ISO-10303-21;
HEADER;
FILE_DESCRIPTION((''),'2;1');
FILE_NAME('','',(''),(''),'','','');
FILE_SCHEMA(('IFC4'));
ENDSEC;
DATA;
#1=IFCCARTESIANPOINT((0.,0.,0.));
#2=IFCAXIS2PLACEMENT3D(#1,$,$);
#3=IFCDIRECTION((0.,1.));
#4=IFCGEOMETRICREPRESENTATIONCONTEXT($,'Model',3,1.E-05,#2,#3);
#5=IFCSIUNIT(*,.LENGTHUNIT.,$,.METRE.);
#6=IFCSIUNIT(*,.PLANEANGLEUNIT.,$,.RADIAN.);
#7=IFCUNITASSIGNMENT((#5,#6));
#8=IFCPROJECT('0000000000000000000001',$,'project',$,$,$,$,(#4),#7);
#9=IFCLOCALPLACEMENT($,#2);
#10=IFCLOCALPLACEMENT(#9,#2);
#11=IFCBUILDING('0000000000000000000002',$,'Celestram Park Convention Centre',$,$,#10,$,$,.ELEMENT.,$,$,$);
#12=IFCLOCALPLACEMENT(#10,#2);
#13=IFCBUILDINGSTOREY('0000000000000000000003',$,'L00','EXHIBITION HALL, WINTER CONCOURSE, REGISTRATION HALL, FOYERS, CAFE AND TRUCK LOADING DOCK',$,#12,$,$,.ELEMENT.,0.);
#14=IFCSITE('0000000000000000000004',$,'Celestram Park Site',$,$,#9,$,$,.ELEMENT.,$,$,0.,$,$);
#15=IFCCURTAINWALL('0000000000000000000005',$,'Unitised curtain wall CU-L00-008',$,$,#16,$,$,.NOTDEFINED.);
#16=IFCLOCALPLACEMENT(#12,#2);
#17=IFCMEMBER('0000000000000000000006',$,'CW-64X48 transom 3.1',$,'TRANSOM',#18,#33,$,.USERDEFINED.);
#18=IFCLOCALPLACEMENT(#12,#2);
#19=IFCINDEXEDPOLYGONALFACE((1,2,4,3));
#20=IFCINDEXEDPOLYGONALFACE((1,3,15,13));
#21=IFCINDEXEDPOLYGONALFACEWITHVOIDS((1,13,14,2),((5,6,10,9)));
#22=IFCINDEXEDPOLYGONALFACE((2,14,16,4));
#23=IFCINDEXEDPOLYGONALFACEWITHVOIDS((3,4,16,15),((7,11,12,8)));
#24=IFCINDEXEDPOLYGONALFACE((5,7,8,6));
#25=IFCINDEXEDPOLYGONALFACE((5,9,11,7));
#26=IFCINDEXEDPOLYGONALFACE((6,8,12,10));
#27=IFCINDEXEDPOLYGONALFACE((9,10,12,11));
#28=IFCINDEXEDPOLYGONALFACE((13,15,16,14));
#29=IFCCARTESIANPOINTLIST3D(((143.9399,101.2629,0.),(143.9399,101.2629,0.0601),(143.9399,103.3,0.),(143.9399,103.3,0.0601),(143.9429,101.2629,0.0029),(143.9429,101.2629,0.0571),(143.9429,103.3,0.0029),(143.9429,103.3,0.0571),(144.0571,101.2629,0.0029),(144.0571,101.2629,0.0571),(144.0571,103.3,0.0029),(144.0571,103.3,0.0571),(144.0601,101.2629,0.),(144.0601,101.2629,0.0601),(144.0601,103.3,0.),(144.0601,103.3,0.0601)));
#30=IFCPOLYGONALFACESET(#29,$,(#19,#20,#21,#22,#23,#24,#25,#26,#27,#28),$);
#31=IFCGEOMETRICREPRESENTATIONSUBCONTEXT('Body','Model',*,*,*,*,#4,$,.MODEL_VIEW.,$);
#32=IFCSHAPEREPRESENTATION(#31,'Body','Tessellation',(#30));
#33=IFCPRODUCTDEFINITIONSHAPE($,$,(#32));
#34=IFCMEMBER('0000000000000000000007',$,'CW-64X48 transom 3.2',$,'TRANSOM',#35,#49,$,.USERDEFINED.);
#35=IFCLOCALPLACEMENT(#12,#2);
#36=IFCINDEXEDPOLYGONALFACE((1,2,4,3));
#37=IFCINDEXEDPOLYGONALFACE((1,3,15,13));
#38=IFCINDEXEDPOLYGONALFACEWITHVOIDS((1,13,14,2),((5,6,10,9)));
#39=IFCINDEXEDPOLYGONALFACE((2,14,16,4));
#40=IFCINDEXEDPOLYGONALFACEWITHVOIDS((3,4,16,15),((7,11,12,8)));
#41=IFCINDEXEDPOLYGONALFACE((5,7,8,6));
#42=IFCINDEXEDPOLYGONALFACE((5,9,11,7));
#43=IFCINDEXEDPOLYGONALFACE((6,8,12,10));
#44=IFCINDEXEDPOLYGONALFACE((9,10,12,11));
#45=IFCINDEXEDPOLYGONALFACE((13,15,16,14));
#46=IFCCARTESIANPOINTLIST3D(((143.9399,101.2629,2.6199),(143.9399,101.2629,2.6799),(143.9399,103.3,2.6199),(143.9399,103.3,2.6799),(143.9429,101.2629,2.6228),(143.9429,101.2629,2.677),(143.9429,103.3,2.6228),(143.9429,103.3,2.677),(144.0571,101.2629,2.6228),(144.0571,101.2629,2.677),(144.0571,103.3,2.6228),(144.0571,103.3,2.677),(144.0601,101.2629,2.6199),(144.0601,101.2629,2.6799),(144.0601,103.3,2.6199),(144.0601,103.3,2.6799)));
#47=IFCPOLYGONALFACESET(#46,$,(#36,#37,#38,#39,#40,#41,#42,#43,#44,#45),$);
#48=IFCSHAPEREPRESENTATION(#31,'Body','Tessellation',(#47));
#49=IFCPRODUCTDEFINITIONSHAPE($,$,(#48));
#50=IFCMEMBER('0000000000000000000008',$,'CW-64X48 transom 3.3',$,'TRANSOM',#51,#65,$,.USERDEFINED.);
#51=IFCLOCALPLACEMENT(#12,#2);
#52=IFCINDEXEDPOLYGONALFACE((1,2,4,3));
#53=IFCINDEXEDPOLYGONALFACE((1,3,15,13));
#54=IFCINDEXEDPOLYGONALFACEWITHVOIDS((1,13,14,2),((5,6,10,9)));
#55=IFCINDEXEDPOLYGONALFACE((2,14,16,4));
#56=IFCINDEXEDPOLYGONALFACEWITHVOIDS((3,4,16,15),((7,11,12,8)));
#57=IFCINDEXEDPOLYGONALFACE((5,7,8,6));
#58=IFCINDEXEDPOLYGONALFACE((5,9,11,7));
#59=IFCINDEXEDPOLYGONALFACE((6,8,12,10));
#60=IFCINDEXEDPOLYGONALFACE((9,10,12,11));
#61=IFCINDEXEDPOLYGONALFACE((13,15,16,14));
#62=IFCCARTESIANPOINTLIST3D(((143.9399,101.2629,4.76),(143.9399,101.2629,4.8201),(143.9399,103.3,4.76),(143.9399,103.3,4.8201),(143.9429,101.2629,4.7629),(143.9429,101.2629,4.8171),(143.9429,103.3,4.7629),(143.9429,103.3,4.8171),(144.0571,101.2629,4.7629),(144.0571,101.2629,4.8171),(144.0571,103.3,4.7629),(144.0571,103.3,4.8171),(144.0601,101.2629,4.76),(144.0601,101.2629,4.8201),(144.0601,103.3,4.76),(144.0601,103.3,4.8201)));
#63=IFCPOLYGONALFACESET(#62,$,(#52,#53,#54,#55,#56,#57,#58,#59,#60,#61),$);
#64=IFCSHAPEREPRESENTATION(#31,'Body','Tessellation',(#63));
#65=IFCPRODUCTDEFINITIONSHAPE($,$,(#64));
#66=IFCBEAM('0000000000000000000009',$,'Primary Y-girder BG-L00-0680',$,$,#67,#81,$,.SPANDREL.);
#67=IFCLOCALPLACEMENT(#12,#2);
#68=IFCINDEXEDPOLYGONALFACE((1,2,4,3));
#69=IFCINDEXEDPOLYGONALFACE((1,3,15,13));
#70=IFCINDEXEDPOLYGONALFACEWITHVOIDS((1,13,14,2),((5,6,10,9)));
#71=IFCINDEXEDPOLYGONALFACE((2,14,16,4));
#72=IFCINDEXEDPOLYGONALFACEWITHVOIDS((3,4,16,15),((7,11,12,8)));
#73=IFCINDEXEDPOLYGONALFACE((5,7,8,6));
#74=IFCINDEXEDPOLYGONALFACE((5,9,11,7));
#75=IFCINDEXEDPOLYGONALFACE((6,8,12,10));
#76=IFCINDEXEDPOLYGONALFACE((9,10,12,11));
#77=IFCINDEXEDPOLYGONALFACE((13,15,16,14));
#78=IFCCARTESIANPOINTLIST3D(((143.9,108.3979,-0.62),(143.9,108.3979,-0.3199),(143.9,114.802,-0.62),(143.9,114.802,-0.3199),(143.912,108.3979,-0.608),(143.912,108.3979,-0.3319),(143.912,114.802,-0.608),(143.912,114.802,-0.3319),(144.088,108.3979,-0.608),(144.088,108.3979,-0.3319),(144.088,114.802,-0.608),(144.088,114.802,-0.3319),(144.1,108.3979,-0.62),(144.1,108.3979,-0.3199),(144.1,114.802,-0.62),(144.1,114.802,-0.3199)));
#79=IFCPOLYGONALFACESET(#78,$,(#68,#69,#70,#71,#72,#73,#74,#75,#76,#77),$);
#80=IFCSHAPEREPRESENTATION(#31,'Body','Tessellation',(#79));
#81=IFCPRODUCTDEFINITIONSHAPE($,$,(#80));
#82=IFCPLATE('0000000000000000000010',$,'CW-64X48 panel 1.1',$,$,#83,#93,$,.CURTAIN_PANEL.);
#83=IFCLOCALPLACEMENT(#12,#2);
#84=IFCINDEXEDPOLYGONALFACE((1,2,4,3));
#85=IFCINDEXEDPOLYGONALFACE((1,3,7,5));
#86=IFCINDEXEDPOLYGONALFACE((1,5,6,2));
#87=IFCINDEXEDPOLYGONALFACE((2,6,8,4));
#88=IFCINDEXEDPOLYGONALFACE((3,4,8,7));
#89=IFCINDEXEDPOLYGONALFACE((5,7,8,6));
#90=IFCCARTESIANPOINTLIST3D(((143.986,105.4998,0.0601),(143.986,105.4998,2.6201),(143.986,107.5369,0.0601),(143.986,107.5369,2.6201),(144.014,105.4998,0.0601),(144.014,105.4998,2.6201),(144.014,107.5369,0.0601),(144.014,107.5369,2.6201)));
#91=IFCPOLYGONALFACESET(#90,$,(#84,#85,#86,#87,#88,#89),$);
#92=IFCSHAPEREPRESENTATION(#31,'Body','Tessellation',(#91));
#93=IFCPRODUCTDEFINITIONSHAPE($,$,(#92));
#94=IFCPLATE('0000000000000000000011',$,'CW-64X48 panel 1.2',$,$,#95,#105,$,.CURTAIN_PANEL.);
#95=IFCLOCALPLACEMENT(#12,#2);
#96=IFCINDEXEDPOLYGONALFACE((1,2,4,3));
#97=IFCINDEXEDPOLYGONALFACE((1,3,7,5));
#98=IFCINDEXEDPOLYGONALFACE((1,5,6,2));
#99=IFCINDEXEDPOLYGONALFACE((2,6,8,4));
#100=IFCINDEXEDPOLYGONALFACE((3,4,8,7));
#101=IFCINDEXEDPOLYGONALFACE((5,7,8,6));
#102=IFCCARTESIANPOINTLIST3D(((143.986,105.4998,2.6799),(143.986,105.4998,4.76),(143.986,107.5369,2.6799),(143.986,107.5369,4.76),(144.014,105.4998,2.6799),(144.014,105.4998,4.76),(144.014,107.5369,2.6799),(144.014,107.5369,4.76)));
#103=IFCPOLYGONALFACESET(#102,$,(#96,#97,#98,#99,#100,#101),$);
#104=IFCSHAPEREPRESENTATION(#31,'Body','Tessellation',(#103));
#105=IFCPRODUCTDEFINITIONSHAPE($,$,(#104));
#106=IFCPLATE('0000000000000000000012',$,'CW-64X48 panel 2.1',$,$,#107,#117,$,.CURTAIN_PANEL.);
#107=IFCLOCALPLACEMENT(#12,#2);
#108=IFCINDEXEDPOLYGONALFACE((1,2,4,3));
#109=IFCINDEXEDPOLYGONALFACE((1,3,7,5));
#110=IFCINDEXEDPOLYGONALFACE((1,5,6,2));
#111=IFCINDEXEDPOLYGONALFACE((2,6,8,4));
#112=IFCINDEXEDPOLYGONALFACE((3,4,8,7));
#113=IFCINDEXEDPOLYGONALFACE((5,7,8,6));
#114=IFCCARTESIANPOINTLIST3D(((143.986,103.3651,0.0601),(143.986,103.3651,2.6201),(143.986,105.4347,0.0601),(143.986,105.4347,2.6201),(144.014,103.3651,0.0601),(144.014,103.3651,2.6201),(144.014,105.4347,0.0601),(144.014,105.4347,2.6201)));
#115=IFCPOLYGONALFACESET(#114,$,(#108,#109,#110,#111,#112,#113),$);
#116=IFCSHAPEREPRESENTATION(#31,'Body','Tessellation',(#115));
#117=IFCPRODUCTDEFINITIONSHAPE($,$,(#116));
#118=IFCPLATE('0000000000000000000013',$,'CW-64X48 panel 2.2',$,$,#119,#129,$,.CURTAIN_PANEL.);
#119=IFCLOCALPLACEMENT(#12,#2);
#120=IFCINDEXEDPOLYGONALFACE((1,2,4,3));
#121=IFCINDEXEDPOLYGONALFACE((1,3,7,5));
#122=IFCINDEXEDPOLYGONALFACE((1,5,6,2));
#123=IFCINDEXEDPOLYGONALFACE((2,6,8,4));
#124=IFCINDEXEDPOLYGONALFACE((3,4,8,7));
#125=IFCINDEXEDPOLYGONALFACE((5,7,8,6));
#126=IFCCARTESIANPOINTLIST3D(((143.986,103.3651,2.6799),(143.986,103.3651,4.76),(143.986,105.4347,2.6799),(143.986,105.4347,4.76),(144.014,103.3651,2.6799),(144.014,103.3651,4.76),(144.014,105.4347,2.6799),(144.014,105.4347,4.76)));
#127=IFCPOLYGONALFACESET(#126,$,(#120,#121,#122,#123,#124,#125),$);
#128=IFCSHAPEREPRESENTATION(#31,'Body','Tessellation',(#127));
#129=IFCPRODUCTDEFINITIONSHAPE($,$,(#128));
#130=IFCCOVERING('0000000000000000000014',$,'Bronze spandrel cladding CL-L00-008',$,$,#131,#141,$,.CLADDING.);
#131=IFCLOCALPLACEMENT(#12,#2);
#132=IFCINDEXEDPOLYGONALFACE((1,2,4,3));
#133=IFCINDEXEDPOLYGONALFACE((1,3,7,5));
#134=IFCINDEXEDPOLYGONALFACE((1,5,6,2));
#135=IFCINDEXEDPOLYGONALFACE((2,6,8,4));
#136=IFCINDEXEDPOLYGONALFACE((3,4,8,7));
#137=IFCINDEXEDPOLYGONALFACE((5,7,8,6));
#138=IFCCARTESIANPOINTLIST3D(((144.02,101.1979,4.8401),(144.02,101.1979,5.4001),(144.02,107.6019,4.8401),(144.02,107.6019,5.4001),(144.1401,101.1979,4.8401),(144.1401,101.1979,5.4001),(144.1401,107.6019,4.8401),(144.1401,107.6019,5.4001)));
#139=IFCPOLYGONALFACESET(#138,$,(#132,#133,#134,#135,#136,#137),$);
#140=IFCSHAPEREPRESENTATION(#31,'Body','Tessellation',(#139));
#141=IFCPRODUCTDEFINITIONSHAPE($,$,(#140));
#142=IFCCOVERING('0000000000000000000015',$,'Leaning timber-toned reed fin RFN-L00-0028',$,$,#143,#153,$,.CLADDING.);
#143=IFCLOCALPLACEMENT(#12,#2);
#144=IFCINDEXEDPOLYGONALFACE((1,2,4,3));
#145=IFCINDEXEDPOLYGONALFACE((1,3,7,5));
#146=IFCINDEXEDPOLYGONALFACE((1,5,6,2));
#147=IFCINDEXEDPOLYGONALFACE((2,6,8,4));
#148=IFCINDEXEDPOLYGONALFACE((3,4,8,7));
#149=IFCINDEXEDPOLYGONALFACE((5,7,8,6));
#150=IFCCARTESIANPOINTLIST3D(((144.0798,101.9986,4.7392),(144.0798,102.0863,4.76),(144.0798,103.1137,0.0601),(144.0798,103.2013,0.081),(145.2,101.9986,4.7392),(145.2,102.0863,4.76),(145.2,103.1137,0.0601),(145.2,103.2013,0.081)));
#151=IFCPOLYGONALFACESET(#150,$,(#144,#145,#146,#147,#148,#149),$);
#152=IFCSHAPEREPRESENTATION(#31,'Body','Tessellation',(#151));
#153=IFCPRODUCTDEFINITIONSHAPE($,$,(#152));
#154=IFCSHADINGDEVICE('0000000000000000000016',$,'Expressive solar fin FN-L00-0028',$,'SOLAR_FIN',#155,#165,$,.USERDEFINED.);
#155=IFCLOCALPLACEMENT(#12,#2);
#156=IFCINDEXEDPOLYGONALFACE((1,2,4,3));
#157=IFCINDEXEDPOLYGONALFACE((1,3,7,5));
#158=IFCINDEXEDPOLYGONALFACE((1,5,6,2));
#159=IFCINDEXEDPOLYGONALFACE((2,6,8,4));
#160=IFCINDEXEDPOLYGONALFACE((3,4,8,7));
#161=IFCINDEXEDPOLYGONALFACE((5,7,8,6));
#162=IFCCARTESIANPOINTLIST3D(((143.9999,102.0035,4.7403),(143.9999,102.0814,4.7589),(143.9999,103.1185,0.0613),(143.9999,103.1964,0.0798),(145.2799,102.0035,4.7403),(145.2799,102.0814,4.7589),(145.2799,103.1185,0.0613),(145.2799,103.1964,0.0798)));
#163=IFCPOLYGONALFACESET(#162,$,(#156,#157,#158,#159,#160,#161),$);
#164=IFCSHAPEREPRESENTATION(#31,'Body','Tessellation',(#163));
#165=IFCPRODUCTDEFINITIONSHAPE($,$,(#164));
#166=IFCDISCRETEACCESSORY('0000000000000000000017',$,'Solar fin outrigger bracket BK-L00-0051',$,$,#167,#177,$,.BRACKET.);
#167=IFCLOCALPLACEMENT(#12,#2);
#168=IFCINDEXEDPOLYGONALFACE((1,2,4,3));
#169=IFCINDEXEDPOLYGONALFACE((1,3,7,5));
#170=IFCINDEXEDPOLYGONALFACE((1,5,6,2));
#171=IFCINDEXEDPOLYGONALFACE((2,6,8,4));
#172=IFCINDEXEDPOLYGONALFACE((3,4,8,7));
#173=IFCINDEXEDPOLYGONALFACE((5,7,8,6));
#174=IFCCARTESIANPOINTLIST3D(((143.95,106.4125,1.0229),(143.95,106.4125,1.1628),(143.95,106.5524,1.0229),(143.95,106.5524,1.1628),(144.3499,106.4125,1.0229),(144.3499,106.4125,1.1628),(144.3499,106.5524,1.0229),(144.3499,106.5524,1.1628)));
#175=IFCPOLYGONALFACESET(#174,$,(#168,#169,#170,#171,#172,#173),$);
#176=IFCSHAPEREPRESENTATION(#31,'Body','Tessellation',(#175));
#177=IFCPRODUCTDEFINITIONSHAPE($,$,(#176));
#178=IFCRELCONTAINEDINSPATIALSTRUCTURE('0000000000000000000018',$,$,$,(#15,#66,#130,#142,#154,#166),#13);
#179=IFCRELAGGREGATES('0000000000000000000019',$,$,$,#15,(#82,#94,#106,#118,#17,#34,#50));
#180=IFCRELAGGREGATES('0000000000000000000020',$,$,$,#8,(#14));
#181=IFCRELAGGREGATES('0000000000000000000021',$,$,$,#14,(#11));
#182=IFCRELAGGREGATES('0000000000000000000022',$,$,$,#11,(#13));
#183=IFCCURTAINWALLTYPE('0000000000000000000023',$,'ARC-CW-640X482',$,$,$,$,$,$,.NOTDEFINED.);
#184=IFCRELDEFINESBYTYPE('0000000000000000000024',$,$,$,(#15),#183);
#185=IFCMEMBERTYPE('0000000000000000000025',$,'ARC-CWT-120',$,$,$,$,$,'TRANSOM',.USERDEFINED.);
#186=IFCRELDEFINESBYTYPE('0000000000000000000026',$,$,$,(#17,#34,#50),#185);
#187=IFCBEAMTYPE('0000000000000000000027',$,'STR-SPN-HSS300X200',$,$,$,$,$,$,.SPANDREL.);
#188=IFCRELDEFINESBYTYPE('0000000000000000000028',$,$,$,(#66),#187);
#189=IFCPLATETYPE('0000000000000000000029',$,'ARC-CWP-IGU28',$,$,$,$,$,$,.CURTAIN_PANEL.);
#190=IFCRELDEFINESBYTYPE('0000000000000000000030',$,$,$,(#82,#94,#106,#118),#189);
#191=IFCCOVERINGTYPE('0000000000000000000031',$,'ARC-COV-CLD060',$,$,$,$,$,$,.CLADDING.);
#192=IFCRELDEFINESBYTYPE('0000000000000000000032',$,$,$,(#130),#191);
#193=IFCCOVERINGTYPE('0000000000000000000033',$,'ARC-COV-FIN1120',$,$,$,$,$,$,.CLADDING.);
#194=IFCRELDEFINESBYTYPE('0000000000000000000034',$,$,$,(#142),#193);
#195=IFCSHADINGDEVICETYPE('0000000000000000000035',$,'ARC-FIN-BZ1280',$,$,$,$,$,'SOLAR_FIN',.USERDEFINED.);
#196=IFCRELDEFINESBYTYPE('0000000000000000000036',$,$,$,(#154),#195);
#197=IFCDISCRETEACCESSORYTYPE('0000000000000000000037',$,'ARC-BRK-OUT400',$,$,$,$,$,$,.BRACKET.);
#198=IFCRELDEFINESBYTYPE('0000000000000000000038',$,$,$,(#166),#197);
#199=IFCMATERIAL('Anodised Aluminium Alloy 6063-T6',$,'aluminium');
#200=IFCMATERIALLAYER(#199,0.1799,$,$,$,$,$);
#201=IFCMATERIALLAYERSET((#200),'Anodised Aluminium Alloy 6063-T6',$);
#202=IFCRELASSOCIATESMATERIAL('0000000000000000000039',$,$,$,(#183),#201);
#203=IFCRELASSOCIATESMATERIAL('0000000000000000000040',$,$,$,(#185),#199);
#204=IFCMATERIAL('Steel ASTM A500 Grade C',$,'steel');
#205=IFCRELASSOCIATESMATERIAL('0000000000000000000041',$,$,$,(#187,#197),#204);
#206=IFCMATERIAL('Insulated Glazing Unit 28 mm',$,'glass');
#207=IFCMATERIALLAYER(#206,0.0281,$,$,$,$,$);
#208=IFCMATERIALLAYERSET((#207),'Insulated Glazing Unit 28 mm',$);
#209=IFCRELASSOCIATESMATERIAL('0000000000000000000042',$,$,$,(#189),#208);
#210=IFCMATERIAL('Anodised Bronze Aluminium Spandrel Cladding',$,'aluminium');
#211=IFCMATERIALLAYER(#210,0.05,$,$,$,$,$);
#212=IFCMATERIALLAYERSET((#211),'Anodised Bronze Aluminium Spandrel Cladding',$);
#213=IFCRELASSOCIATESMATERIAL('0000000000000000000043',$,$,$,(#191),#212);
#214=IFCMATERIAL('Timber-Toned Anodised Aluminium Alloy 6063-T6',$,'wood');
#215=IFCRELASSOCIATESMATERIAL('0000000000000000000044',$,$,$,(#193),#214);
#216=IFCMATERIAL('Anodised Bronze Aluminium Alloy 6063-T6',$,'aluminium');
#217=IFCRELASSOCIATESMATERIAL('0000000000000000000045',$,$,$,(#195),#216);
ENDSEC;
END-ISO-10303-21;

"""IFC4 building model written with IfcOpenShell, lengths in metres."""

from ifc_helpers import new_model, si_unit, direction, frame, origin, origin_2d, place, context, subcontext, project, spatial, rectangle, hollow_rectangle, extrude, material, layer, layer_set, material_profile, profile_set, type_object, element, aggregate, save


model = new_model("IFC4")

# Units and contexts
model_context = context("Model", 3, precision=1e-05, world=origin(), true_north=direction((0.0, 1.0)))
body_context = subcontext(model_context, "Body", "Model", "MODEL_VIEW")
ifc_project = project(units=[si_unit("LENGTHUNIT", "METRE"), si_unit("PLANEANGLEUNIT", "RADIAN")], contexts=[model_context])

# Site, building, storey
site_placement = place(None, origin())
site = spatial("IfcSite", under=ifc_project, at=site_placement, Name="Celestram Park Site", CompositionType="ELEMENT", RefElevation=0.0)
building_placement = place(site_placement, origin())
building = spatial("IfcBuilding", under=site, at=building_placement, Name="Celestram Park Convention Centre", CompositionType="ELEMENT")
storey_placement = place(building_placement, origin())
storey = spatial("IfcBuildingStorey", under=building, at=storey_placement, Name="L00", Description="EXHIBITION HALL, WINTER CONCOURSE, REGISTRATION HALL, FOYERS, CAFE AND TRUCK LOADING DOCK", CompositionType="ELEMENT", Elevation=0.0)

# Shared definitions
ifc_material_1 = material(Name="Anodised Aluminium Alloy 6063-T6", Category="aluminium")
ifc_layer_1 = layer(ifc_material_1, 0.1799)
ifc_layer_set_1 = layer_set([ifc_layer_1], Name="Anodised Aluminium Alloy 6063-T6")
curtain_wall_type = type_object("IfcCurtainWallType", Name="ARC-CW-640X482", PredefinedType="NOTDEFINED", material=ifc_layer_set_1)

# Curtain wall, members
curtain_wall_1_placement = place(storey_placement, origin())
curtain_wall_1 = element("IfcCurtainWall", 1, at=curtain_wall_1_placement, inside=storey, type_object=curtain_wall_type, Name="Unitised curtain wall CU-L00-008", PredefinedType="NOTDEFINED")
ifc_material_profile_1 = material_profile(ifc_material_1, hollow_rectangle(XDim=0.1201, YDim=0.0601, WallThickness=0.0029, at=origin_2d()), Name="ALU120X60X3")
ifc_profile_set_1 = profile_set([ifc_material_profile_1], Name="Anodised Aluminium Alloy 6063-T6")
member_type_1 = type_object("IfcMemberType", Name="ARC-CWT-120", ElementType="TRANSOM", PredefinedType="USERDEFINED", material=ifc_profile_set_1)
member_1_placement = place(storey_placement, frame((144.0, 103.3, 0.03), z_axis=(0.0, -1.0, 0.0), x_axis=(1.0, 0.0, 0.0)))
member_1 = element("IfcMember", 2, at=member_1_placement, type_object=member_type_1, Name="CW-64X48 transom 3.1", ObjectType="TRANSOM", PredefinedType="USERDEFINED", context=body_context, shape_type="SweptSolid", body=[
    extrude(hollow_rectangle(XDim=0.1201, YDim=0.0601, WallThickness=0.0029, at=origin_2d()), origin(), (0.0, 0.0, 1.0), 2.0371),
])
member_2_placement = place(storey_placement, frame((144.0, 103.3, 2.6499), z_axis=(0.0, -1.0, 0.0), x_axis=(1.0, 0.0, 0.0)))
member_2 = element("IfcMember", 3, at=member_2_placement, type_object=member_type_1, Name="CW-64X48 transom 3.2", ObjectType="TRANSOM", PredefinedType="USERDEFINED", context=body_context, shape_type="SweptSolid", body=[
    extrude(hollow_rectangle(XDim=0.1201, YDim=0.0601, WallThickness=0.0029, at=origin_2d()), origin(), (0.0, 0.0, 1.0), 2.0371),
])
member_3_placement = place(storey_placement, frame((144.0, 103.3, 4.79), z_axis=(0.0, -1.0, 0.0), x_axis=(1.0, 0.0, 0.0)))
member_3 = element("IfcMember", 4, at=member_3_placement, type_object=member_type_1, Name="CW-64X48 transom 3.3", ObjectType="TRANSOM", PredefinedType="USERDEFINED", context=body_context, shape_type="SweptSolid", body=[
    extrude(hollow_rectangle(XDim=0.1201, YDim=0.0601, WallThickness=0.0029, at=origin_2d()), origin(), (0.0, 0.0, 1.0), 2.0371),
])

# Beam
ifc_material_2 = material(Name="Steel ASTM A500 Grade C", Category="steel")
ifc_material_profile_2 = material_profile(ifc_material_2, hollow_rectangle(XDim=0.2, YDim=0.3, WallThickness=0.012, at=origin_2d()), Name="HSS300X200X12")
ifc_profile_set_2 = profile_set([ifc_material_profile_2], Name="Steel ASTM A500 Grade C")
beam_type = type_object("IfcBeamType", Name="STR-SPN-HSS300X200", PredefinedType="SPANDREL", material=ifc_profile_set_2)
beam_placement = place(storey_placement, frame((144.0, 108.3979, -0.47), z_axis=(0.0, 1.0, 0.0), x_axis=(-1.0, 0.0, 0.0)))
element("IfcBeam", 5, at=beam_placement, inside=storey, type_object=beam_type, Name="Primary Y-girder BG-L00-0680", PredefinedType="SPANDREL", context=body_context, shape_type="SweptSolid", body=[
    extrude(hollow_rectangle(XDim=0.2, YDim=0.3, WallThickness=0.012, at=origin_2d()), origin(), (0.0, 0.0, 1.0), 6.4041),
])

# Plates
ifc_material_3 = material(Name="Insulated Glazing Unit 28 mm", Category="glass")
ifc_layer_2 = layer(ifc_material_3, 0.0281)
ifc_layer_set_2 = layer_set([ifc_layer_2], Name="Insulated Glazing Unit 28 mm")
plate_type = type_object("IfcPlateType", Name="ARC-CWP-IGU28", PredefinedType="CURTAIN_PANEL", material=ifc_layer_set_2)
plate_1_placement = place(storey_placement, frame((144.0, 106.5183, 0.0601), z_axis=(0.0, 0.0, 1.0), x_axis=(0.0, -1.0, 0.0)))
plate_1 = element("IfcPlate", 6, at=plate_1_placement, type_object=plate_type, Name="CW-64X48 panel 1.1", PredefinedType="CURTAIN_PANEL", context=body_context, shape_type="SweptSolid", body=[
    extrude(rectangle(XDim=2.0371, YDim=0.0281, at=origin_2d()), origin(), (0.0, 0.0, 1.0), 2.5601),
])
plate_2_placement = place(storey_placement, frame((144.0, 106.5183, 2.6799), z_axis=(0.0, 0.0, 1.0), x_axis=(0.0, -1.0, 0.0)))
plate_2 = element("IfcPlate", 7, at=plate_2_placement, type_object=plate_type, Name="CW-64X48 panel 1.2", PredefinedType="CURTAIN_PANEL", context=body_context, shape_type="SweptSolid", body=[
    extrude(rectangle(XDim=2.0371, YDim=0.0281, at=origin_2d()), origin(), (0.0, 0.0, 1.0), 2.0801),
])
plate_3_placement = place(storey_placement, frame((144.0, 104.3999, 0.0601), z_axis=(0.0, 0.0, 1.0), x_axis=(0.0, -1.0, 0.0)))
plate_3 = element("IfcPlate", 8, at=plate_3_placement, type_object=plate_type, Name="CW-64X48 panel 2.1", PredefinedType="CURTAIN_PANEL", context=body_context, shape_type="SweptSolid", body=[
    extrude(rectangle(XDim=2.0696, YDim=0.0281, at=origin_2d()), origin(), (0.0, 0.0, 1.0), 2.5601),
])
plate_4_placement = place(storey_placement, frame((144.0, 104.3999, 2.6799), z_axis=(0.0, 0.0, 1.0), x_axis=(0.0, -1.0, 0.0)))
plate_4 = element("IfcPlate", 9, at=plate_4_placement, type_object=plate_type, Name="CW-64X48 panel 2.2", PredefinedType="CURTAIN_PANEL", context=body_context, shape_type="SweptSolid", body=[
    extrude(rectangle(XDim=2.0696, YDim=0.0281, at=origin_2d()), origin(), (0.0, 0.0, 1.0), 2.0801),
])
aggregate(curtain_wall_1, [plate_1, plate_2, plate_3, plate_4, member_1, member_2, member_3])

# Coverings
ifc_material_4 = material(Name="Anodised Bronze Aluminium Spandrel Cladding", Category="aluminium")
ifc_layer_3 = layer(ifc_material_4, 0.05)
ifc_layer_set_3 = layer_set([ifc_layer_3], Name="Anodised Bronze Aluminium Spandrel Cladding")
covering_type_1 = type_object("IfcCoveringType", Name="ARC-COV-CLD060", PredefinedType="CLADDING", material=ifc_layer_set_3)
covering_1_placement = place(storey_placement, frame((144.0801, 104.3999, 4.8401), z_axis=(0.0, 0.0, 1.0), x_axis=(0.0, -1.0, 0.0)))
element("IfcCovering", 10, at=covering_1_placement, inside=storey, type_object=covering_type_1, Name="Bronze spandrel cladding CL-L00-008", PredefinedType="CLADDING", context=body_context, shape_type="SweptSolid", body=[
    extrude(rectangle(XDim=6.4041, YDim=0.1201, at=origin_2d()), origin(), (0.0, 0.0, 1.0), 0.5601),
])
ifc_material_5 = material(Name="Timber-Toned Anodised Aluminium Alloy 6063-T6", Category="wood")
ifc_material_profile_3 = material_profile(ifc_material_5, rectangle(XDim=1.1201, YDim=0.0901, at=origin_2d()), Name="REED1120X90")
ifc_profile_set_3 = profile_set([ifc_material_profile_3], Name="Timber-Toned Anodised Aluminium Alloy 6063-T6")
covering_type_2 = type_object("IfcCoveringType", Name="ARC-COV-FIN1120", PredefinedType="CLADDING", material=ifc_profile_set_3)
covering_2_placement = place(storey_placement, frame((144.6399, 103.1575, 0.0706), z_axis=(0.0, -0.231808, 0.972762), x_axis=(1.0, 0.0, 0.0)))
element("IfcCovering", 11, at=covering_2_placement, inside=storey, type_object=covering_type_2, Name="Leaning timber-toned reed fin RFN-L00-0028", PredefinedType="CLADDING", context=body_context, shape_type="SweptSolid", body=[
    extrude(rectangle(XDim=1.1201, YDim=0.0901, at=origin_2d()), origin(), (0.0, 0.0, 1.0), 4.8101),
])

# Shading device
ifc_material_6 = material(Name="Anodised Bronze Aluminium Alloy 6063-T6", Category="aluminium")
ifc_material_profile_4 = material_profile(ifc_material_6, rectangle(XDim=1.28, YDim=0.0801, at=origin_2d()), Name="FIN1280X80")
ifc_profile_set_4 = profile_set([ifc_material_profile_4], Name="Anodised Bronze Aluminium Alloy 6063-T6")
shading_device_type = type_object("IfcShadingDeviceType", Name="ARC-FIN-BZ1280", ElementType="SOLAR_FIN", PredefinedType="USERDEFINED", material=ifc_profile_set_4)
shading_device_placement = place(storey_placement, frame((144.6399, 103.1575, 0.0706), z_axis=(0.0, -0.231808, 0.972762), x_axis=(1.0, 0.0, 0.0)))
element("IfcShadingDevice", 12, at=shading_device_placement, inside=storey, type_object=shading_device_type, Name="Expressive solar fin FN-L00-0028", ObjectType="SOLAR_FIN", PredefinedType="USERDEFINED", context=body_context, shape_type="SweptSolid", body=[
    extrude(rectangle(XDim=1.28, YDim=0.0801, at=origin_2d()), origin(), (0.0, 0.0, 1.0), 4.8101),
])

# Discrete accessory
discrete_accessory_type = type_object("IfcDiscreteAccessoryType", Name="ARC-BRK-OUT400", PredefinedType="BRACKET", material=ifc_material_2)
for number, where, z_axis, x_axis, name in (
    (13, (144.1499, 106.4824, 1.0229), (0.0, 0.0, 1.0), (1.0, 0.0, 0.0), "Solar fin outrigger bracket BK-L00-0051"),
):
    element("IfcDiscreteAccessory", number, at=place(storey_placement, frame(where, z_axis=z_axis, x_axis=x_axis)), inside=storey, type_object=discrete_accessory_type, Name=name, PredefinedType="BRACKET", context=body_context, shape_type="SweptSolid", body=[
        extrude(rectangle(XDim=0.3999, YDim=0.1399, at=origin_2d()), origin(), (0.0, 0.0, 1.0), 0.1399),
    ])

save(model, "model.ifc")
